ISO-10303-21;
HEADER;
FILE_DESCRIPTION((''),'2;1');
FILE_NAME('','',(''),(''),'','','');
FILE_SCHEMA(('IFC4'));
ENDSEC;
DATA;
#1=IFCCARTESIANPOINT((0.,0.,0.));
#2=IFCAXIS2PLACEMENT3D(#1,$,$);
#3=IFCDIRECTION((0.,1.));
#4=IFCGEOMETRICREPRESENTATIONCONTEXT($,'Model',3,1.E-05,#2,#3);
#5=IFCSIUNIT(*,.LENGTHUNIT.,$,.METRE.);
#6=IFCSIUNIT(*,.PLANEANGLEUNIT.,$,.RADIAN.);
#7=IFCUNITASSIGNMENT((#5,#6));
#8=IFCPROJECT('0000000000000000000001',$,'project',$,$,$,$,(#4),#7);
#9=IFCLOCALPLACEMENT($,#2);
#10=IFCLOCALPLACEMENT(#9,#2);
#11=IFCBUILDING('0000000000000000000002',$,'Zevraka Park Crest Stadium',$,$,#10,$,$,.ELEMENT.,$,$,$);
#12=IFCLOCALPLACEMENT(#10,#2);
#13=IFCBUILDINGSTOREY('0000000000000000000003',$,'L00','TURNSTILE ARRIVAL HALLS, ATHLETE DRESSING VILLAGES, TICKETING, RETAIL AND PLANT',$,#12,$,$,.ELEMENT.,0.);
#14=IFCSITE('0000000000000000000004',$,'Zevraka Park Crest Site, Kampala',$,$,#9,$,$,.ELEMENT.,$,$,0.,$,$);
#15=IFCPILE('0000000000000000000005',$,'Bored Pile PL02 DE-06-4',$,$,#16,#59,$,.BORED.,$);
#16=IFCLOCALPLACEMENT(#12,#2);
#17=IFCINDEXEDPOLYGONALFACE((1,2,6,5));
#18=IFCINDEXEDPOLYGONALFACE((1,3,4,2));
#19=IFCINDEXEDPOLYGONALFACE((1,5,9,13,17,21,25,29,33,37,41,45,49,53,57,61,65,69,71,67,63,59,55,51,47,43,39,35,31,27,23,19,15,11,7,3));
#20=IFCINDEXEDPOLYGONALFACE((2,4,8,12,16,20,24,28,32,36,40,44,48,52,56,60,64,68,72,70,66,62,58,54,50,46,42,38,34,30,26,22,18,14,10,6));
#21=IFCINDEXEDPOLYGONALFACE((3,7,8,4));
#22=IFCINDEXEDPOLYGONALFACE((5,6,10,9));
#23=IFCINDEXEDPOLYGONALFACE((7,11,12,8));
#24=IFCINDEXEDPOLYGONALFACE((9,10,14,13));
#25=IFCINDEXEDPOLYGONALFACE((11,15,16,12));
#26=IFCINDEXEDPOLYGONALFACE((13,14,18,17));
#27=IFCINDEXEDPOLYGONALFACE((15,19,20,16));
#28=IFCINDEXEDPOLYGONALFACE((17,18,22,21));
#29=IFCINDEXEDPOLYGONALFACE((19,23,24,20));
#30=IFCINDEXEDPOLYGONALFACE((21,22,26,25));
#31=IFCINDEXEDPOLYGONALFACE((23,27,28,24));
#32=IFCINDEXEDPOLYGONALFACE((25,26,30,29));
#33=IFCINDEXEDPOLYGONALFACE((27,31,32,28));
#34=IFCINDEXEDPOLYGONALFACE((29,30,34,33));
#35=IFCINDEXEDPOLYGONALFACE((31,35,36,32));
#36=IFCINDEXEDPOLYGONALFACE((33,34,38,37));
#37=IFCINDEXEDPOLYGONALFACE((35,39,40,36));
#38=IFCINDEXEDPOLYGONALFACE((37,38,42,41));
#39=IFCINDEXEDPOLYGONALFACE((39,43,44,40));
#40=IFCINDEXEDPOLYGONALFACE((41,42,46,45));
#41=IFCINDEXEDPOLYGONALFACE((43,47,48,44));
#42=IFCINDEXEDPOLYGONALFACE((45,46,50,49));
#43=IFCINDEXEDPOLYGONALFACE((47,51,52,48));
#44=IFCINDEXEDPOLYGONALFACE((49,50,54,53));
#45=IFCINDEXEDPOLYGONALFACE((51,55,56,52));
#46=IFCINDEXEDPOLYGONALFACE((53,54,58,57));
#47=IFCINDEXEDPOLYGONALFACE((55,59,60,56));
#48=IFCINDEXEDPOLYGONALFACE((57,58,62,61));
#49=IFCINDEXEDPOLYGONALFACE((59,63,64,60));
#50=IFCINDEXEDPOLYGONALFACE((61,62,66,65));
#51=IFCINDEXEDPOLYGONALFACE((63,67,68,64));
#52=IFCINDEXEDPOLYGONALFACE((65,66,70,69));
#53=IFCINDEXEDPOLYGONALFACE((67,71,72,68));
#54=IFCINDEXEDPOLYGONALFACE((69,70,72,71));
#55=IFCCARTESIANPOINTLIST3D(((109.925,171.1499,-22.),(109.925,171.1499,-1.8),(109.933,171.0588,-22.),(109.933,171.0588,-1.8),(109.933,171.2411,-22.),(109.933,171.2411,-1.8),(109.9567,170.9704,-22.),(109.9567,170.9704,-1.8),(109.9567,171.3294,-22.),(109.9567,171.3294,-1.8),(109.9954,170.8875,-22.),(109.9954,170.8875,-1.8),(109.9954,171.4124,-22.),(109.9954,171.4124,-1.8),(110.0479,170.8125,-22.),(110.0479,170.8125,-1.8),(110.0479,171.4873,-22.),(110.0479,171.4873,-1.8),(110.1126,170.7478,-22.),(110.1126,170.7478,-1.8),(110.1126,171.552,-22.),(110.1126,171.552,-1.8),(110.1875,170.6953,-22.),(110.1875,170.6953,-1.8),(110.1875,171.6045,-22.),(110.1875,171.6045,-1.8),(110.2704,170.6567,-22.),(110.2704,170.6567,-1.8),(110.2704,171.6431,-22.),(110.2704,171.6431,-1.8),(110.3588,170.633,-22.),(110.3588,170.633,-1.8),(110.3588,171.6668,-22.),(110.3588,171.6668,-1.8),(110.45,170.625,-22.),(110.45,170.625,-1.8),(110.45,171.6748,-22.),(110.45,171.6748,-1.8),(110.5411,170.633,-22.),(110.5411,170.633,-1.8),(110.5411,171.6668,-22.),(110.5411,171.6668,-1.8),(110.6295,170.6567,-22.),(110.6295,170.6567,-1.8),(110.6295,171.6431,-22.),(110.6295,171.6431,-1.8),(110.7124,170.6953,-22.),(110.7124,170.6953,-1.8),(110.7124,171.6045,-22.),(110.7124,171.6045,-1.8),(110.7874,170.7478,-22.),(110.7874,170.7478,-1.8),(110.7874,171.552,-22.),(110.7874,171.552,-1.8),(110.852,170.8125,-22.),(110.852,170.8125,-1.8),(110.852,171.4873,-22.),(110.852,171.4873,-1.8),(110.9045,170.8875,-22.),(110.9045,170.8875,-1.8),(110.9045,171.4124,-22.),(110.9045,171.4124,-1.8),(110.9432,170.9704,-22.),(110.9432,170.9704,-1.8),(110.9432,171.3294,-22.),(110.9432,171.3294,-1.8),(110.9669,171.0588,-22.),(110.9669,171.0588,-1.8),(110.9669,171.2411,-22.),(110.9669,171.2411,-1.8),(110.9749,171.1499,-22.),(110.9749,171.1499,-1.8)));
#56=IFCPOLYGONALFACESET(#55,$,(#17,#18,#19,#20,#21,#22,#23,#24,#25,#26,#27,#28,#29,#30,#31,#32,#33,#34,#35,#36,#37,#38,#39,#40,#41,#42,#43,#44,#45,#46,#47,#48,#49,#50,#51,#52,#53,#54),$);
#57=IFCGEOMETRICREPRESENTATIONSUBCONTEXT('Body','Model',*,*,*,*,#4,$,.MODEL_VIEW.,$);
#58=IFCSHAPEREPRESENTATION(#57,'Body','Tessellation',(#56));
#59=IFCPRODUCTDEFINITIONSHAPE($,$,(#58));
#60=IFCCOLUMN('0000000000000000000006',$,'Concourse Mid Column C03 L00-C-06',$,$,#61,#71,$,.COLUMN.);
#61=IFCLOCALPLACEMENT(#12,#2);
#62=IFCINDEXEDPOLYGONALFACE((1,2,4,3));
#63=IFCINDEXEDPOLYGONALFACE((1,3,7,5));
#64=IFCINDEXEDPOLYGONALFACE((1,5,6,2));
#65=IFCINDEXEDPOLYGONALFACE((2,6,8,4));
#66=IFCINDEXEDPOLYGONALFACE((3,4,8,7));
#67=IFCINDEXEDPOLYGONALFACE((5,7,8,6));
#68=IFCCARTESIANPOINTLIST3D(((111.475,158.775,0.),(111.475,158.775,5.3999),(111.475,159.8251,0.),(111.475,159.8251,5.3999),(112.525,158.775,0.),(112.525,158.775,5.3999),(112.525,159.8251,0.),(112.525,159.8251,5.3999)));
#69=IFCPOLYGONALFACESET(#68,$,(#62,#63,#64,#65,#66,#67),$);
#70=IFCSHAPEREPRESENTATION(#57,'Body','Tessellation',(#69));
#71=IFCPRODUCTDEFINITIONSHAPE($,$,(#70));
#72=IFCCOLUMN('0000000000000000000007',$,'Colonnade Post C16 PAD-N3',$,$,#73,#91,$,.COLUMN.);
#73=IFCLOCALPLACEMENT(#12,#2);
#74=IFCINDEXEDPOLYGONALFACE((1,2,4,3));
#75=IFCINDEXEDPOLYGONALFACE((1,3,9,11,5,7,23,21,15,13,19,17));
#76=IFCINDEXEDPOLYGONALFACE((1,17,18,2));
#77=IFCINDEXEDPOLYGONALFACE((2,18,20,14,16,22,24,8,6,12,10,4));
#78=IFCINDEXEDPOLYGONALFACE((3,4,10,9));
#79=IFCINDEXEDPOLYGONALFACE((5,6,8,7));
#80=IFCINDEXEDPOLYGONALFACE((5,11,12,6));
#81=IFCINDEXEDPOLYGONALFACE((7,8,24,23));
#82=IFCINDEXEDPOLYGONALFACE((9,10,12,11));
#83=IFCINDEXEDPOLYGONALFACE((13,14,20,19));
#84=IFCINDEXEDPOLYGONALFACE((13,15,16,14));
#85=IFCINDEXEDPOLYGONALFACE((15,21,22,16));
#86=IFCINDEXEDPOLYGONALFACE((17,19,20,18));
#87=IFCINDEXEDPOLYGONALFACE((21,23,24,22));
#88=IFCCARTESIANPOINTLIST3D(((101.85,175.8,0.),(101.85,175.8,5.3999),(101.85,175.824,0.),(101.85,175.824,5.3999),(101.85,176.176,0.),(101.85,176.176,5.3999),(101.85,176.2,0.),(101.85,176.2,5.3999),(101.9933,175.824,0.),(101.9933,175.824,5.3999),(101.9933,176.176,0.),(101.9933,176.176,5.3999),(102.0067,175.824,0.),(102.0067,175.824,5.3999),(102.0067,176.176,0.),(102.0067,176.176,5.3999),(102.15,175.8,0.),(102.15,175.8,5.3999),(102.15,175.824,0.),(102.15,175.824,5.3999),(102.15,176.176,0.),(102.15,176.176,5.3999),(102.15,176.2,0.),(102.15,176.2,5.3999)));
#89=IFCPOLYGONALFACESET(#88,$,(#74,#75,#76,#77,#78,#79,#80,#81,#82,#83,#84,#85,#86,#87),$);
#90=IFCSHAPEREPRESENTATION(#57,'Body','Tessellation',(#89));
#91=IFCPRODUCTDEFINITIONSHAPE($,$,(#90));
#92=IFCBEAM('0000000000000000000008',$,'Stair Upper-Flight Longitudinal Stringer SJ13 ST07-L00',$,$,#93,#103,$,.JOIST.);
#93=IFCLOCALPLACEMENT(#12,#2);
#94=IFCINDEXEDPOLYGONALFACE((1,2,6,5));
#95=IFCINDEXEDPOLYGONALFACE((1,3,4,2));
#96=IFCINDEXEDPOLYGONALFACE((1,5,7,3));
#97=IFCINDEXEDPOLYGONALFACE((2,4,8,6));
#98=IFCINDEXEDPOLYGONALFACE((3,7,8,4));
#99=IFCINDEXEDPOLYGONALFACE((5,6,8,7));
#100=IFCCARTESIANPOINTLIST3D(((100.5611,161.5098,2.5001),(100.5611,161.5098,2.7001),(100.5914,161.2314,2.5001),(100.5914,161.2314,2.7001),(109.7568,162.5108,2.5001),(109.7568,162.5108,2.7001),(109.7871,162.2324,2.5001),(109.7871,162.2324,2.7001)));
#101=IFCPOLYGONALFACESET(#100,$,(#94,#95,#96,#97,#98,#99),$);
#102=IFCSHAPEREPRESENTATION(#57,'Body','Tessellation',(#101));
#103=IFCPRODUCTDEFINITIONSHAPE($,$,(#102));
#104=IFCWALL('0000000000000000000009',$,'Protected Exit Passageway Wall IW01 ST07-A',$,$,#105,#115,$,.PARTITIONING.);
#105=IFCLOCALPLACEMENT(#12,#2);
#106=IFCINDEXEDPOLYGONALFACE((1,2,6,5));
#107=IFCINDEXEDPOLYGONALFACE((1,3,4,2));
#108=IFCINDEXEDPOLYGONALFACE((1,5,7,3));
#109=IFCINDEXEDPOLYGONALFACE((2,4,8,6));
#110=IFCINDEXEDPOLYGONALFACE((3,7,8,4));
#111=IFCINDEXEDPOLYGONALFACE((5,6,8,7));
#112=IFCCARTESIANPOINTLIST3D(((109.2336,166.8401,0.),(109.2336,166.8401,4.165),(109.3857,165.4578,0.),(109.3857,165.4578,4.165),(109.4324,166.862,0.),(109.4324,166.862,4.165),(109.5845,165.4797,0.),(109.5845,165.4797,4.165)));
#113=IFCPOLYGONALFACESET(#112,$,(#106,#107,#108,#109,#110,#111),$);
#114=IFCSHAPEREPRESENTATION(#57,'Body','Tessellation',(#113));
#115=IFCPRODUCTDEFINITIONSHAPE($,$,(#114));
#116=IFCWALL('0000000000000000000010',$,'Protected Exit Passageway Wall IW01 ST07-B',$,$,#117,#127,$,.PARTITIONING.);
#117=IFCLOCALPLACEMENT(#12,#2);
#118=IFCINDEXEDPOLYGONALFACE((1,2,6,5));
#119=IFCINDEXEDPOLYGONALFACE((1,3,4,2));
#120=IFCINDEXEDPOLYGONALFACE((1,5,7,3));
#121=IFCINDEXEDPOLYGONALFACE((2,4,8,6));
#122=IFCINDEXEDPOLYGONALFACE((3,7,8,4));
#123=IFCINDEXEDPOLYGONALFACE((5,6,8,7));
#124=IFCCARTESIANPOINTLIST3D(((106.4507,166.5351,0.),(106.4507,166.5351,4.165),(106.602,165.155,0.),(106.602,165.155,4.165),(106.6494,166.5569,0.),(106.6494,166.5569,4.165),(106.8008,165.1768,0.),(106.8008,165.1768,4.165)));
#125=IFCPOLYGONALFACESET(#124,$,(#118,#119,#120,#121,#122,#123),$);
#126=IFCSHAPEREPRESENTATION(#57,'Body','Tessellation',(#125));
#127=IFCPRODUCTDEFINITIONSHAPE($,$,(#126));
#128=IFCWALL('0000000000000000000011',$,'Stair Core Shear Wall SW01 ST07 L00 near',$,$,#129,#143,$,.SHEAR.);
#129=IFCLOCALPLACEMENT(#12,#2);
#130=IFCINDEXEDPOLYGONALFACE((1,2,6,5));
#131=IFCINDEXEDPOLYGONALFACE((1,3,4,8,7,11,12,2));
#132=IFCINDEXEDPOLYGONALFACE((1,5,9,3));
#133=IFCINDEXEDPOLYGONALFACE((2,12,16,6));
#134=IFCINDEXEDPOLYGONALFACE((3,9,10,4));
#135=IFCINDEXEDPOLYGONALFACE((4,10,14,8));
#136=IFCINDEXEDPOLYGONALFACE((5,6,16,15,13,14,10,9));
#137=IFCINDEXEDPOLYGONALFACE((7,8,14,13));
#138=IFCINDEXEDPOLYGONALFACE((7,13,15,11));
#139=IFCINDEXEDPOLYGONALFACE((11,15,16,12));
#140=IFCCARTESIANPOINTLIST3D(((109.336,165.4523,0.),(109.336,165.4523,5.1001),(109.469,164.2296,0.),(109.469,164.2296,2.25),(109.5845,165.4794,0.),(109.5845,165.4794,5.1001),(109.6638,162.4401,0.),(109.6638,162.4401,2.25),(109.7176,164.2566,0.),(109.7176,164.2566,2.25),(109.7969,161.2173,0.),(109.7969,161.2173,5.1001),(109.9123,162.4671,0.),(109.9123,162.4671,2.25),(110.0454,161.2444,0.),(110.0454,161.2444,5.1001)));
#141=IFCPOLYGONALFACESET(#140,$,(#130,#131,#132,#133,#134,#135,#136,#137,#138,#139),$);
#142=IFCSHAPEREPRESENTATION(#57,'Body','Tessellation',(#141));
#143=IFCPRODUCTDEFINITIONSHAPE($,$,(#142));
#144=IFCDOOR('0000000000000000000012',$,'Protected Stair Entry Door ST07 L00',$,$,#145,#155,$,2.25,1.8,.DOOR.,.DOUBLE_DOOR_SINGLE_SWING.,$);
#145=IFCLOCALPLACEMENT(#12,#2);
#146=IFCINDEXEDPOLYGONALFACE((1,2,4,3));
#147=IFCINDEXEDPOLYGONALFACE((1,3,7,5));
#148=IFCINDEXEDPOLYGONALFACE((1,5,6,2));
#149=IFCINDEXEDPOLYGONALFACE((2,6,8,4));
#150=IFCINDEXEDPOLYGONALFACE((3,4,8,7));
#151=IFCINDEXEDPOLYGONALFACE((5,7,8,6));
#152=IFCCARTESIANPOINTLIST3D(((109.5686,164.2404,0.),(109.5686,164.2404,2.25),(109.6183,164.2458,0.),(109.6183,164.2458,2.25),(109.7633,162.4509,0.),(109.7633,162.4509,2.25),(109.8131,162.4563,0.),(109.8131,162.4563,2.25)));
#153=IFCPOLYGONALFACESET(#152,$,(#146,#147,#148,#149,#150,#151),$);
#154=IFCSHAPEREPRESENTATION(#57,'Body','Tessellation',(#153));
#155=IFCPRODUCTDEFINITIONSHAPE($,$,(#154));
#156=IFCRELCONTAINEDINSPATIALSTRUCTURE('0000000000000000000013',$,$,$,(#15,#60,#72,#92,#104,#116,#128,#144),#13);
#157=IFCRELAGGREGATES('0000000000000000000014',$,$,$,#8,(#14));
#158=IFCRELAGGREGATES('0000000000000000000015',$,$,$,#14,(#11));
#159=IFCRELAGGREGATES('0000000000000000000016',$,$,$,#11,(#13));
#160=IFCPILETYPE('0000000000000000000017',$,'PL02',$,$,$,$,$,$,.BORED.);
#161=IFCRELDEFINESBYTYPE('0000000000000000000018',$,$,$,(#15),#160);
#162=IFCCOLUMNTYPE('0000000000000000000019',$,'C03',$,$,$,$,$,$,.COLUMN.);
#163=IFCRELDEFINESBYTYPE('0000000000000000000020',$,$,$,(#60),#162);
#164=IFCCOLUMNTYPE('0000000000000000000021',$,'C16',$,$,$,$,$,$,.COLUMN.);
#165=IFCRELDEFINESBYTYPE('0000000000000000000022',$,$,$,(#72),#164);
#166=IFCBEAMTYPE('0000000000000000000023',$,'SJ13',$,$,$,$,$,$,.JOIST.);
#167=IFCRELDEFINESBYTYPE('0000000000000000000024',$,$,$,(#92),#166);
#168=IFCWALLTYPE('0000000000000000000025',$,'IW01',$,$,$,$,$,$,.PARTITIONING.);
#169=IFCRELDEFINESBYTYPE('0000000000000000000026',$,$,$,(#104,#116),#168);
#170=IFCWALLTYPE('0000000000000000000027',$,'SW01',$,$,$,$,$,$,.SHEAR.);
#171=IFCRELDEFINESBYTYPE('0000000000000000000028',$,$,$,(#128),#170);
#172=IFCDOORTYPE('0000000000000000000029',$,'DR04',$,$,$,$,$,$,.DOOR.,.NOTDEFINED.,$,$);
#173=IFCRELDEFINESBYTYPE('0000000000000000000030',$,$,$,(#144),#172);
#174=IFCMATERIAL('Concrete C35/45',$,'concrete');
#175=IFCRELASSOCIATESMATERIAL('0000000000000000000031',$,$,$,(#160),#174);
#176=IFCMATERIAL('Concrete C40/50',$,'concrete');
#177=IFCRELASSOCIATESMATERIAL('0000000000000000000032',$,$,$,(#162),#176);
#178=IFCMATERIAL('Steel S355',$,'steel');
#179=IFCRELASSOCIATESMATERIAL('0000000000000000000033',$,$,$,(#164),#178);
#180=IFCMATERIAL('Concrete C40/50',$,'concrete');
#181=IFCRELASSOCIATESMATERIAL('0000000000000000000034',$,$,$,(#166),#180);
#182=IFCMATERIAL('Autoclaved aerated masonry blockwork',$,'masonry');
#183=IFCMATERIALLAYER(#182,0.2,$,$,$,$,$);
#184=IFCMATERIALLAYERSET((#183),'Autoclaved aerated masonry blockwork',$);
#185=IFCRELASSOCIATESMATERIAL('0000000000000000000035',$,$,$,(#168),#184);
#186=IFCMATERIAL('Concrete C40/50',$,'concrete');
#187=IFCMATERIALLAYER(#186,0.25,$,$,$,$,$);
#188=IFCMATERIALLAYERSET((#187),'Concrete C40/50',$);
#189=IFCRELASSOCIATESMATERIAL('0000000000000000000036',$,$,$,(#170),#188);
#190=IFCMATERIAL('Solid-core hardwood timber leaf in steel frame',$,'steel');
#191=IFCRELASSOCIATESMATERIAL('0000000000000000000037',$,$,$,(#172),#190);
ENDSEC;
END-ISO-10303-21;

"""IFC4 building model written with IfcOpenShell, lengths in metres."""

from ifc_helpers import new_model, si_unit, direction, frame, frame_2d, origin, origin_2d, place, context, subcontext, project, spatial, rectangle, circle, i_section, extrude, material, layer, layer_set, material_profile, profile_set, type_object, element, fill, save


model = new_model("IFC4")

# Units and contexts
model_context = context("Model", 3, precision=1e-05, world=origin(), true_north=direction((0.0, 1.0)))
body_context = subcontext(model_context, "Body", "Model", "MODEL_VIEW")
ifc_project = project(units=[si_unit("LENGTHUNIT", "METRE"), si_unit("PLANEANGLEUNIT", "RADIAN")], contexts=[model_context])

# Site, building, storey
site_placement = place(None, origin())
site = spatial("IfcSite", under=ifc_project, at=site_placement, Name="Zevraka Park Crest Site, Kampala", CompositionType="ELEMENT", RefElevation=0.0)
building_placement = place(site_placement, origin())
building = spatial("IfcBuilding", under=site, at=building_placement, Name="Zevraka Park Crest Stadium", CompositionType="ELEMENT")
storey_placement = place(building_placement, origin())
storey = spatial("IfcBuildingStorey", under=building, at=storey_placement, Name="L00", Description="TURNSTILE ARRIVAL HALLS, ATHLETE DRESSING VILLAGES, TICKETING, RETAIL AND PLANT", CompositionType="ELEMENT", Elevation=0.0)

# Pile
ifc_material_1 = material(Name="Concrete C35/45", Category="concrete")
ifc_material_profile_1 = material_profile(ifc_material_1, circle(Radius=0.5249, at=origin_2d()), Name="PILE D1050")
ifc_profile_set_1 = profile_set([ifc_material_profile_1], Name="Concrete C35/45")
pile_type_1 = type_object("IfcPileType", Name="PL02", PredefinedType="BORED", material=ifc_profile_set_1)
for number, where, z_axis, x_axis, name in (
    (1, (110.45, 171.1499, -1.8), (0.0, 0.0, -1.0), (1.0, 0.0, 0.0), "Bored Pile PL02 DE-06-4"),
):
    element("IfcPile", number, at=place(storey_placement, frame(where, z_axis=z_axis, x_axis=x_axis)), inside=storey, type_object=pile_type_1, Name=name, PredefinedType="BORED", context=body_context, shape_type="SweptSolid", body=[
        extrude(circle(Radius=0.5249, at=origin_2d()), origin(), (0.0, 0.0, 1.0), 20.2),
    ])

# Columns
ifc_material_2 = material(Name="Concrete C40/50", Category="concrete")
ifc_material_profile_2 = material_profile(ifc_material_2, rectangle(XDim=1.05, YDim=1.05, at=origin_2d()), Name="RC 1050x1050")
ifc_profile_set_2 = profile_set([ifc_material_profile_2], Name="Concrete C40/50")
column_type_1 = type_object("IfcColumnType", Name="C03", PredefinedType="COLUMN", material=ifc_profile_set_2)
column_1_placement = place(storey_placement, frame((112.0, 159.3, 0.0), z_axis=(0.0, 0.0, 1.0), x_axis=(0.0, 1.0, 0.0)))
element("IfcColumn", 2, at=column_1_placement, inside=storey, type_object=column_type_1, Name="Concourse Mid Column C03 L00-C-06", PredefinedType="COLUMN", context=body_context, shape_type="SweptSolid", body=[
    extrude(rectangle(XDim=1.05, YDim=1.05, at=origin_2d()), origin(), (0.0, 0.0, 1.0), 5.3999),
])
ifc_material_3 = material(Name="Steel S355", Category="steel")
ifc_material_profile_3 = material_profile(ifc_material_3, i_section(OverallWidth=0.3, OverallDepth=0.3999, WebThickness=0.0134, FlangeThickness=0.0239, at=origin_2d()), Name="HEB 400")
ifc_profile_set_3 = profile_set([ifc_material_profile_3], Name="Steel S355")
column_type_2 = type_object("IfcColumnType", Name="C16", PredefinedType="COLUMN", material=ifc_profile_set_3)
column_2_placement = place(storey_placement, frame((102.0, 176.0, 0.0), z_axis=(0.0, 0.0, 1.0), x_axis=(1.0, 0.0, 0.0)))
element("IfcColumn", 3, at=column_2_placement, inside=storey, type_object=column_type_2, Name="Colonnade Post C16 PAD-N3", PredefinedType="COLUMN", context=body_context, shape_type="SweptSolid", body=[
    extrude(i_section(OverallWidth=0.3, OverallDepth=0.3999, WebThickness=0.0134, FlangeThickness=0.0239, at=origin_2d()), origin(), (0.0, 0.0, 1.0), 5.3999),
])

# Beam
ifc_material_4 = material(Name="Concrete C40/50", Category="concrete")
ifc_material_profile_4 = material_profile(ifc_material_4, rectangle(XDim=0.28, YDim=0.2, at=origin_2d()), Name="RC 200x280")
ifc_profile_set_4 = profile_set([ifc_material_profile_4], Name="Concrete C40/50")
beam_type = type_object("IfcBeamType", Name="SJ13", PredefinedType="JOIST", material=ifc_profile_set_4)
beam_placement = place(storey_placement, frame((109.772, 162.3716, 2.6001), z_axis=(-0.994128, -0.108212, 0.0), x_axis=(0.108212, -0.994128, 0.0)))
element("IfcBeam", 4, at=beam_placement, inside=storey, type_object=beam_type, Name="Stair Upper-Flight Longitudinal Stringer SJ13 ST07-L00", PredefinedType="JOIST", context=body_context, shape_type="SweptSolid", body=[
    extrude(rectangle(XDim=0.28, YDim=0.2, at=origin_2d()), origin(), (0.0, 0.0, 1.0), 9.25),
])

# Walls
ifc_material_5 = material(Name="Autoclaved aerated masonry blockwork", Category="masonry")
ifc_layer_1 = layer(ifc_material_5, 0.2)
ifc_layer_set_1 = layer_set([ifc_layer_1], Name="Autoclaved aerated masonry blockwork")
wall_type_1 = type_object("IfcWallType", Name="IW01", PredefinedType="PARTITIONING", material=ifc_layer_set_1)
wall_1_placement = place(storey_placement, frame((109.4851, 165.4688, 0.0), z_axis=(0.0, 0.0, 1.0), x_axis=(-0.109372, 0.994001, 0.0)))
element("IfcWall", 5, at=wall_1_placement, inside=storey, type_object=wall_type_1, Name="Protected Exit Passageway Wall IW01 ST07-A", PredefinedType="PARTITIONING", context=body_context, shape_type="SweptSolid", body=[
    extrude(rectangle(XDim=1.3906, YDim=0.2, at=frame_2d((0.6953, 0.0))), origin(), (0.0, 0.0, 1.0), 4.165),
])
wall_2_placement = place(storey_placement, frame((106.7014, 165.1658, 0.0), z_axis=(0.0, 0.0, 1.0), x_axis=(-0.109023, 0.994039, 0.0)))
element("IfcWall", 6, at=wall_2_placement, inside=storey, type_object=wall_type_1, Name="Protected Exit Passageway Wall IW01 ST07-B", PredefinedType="PARTITIONING", context=body_context, shape_type="SweptSolid", body=[
    extrude(rectangle(XDim=1.3884, YDim=0.2, at=frame_2d((0.6943, 0.0))), origin(), (0.0, 0.0, 1.0), 4.165),
])

# Wall, opening, door
ifc_material_6 = material(Name="Concrete C40/50", Category="concrete")
ifc_layer_2 = layer(ifc_material_6, 0.25)
ifc_layer_set_2 = layer_set([ifc_layer_2], Name="Concrete C40/50")
wall_type_2 = type_object("IfcWallType", Name="SW01", PredefinedType="SHEAR", material=ifc_layer_set_2)
wall_3_placement = place(storey_placement, frame((109.9211, 161.231, 0.0), z_axis=(0.0, 0.0, 1.0), x_axis=(-0.108198, 0.994129, 0.0)))
wall_3 = element("IfcWall", 7, at=wall_3_placement, inside=storey, type_object=wall_type_2, Name="Stair Core Shear Wall SW01 ST07 L00 near", PredefinedType="SHEAR", context=body_context, shape_type="SweptSolid", body=[
    extrude(rectangle(XDim=4.26, YDim=0.25, at=frame_2d((2.1299, 0.0))), origin(), (0.0, 0.0, 1.0), 5.1001),
])
opening_placement = place(wall_3_placement, frame((1.23, 0.0, 0.0)))
opening = element("IfcOpeningElement", 8, at=opening_placement, cuts=wall_3, PredefinedType="OPENING", context=body_context, shape_type="SweptSolid", body=[
    extrude(rectangle(XDim=1.8, YDim=2.25, at=frame_2d((0.8999, 1.125))), frame((0.0, 0.135, 0.0), z_axis=(0.0, -1.0, 0.0), x_axis=(1.0, 0.0, 0.0)), (0.0, 0.0, 1.0), 0.27),
])
ifc_material_7 = material(Name="Solid-core hardwood timber leaf in steel frame", Category="steel")
door_type = type_object("IfcDoorType", Name="DR04", OperationType="NOTDEFINED", PredefinedType="DOOR", material=ifc_material_7)
door_placement = place(opening_placement, origin())
door = element("IfcDoor", 9, at=door_placement, inside=storey, type_object=door_type, Name="Protected Stair Entry Door ST07 L00", OperationType="DOUBLE_DOOR_SINGLE_SWING", OverallHeight=2.25, OverallWidth=1.8, PredefinedType="DOOR", context=body_context, shape_type="SweptSolid", body=[
    extrude(rectangle(XDim=1.8, YDim=2.25, at=frame_2d((0.8999, 1.125))), frame((0.0, 0.0249, 0.0), z_axis=(0.0, -1.0, 0.0), x_axis=(1.0, 0.0, 0.0)), (0.0, 0.0, 1.0), 0.05),
])
fill(opening, door)

save(model, "model.ifc")
